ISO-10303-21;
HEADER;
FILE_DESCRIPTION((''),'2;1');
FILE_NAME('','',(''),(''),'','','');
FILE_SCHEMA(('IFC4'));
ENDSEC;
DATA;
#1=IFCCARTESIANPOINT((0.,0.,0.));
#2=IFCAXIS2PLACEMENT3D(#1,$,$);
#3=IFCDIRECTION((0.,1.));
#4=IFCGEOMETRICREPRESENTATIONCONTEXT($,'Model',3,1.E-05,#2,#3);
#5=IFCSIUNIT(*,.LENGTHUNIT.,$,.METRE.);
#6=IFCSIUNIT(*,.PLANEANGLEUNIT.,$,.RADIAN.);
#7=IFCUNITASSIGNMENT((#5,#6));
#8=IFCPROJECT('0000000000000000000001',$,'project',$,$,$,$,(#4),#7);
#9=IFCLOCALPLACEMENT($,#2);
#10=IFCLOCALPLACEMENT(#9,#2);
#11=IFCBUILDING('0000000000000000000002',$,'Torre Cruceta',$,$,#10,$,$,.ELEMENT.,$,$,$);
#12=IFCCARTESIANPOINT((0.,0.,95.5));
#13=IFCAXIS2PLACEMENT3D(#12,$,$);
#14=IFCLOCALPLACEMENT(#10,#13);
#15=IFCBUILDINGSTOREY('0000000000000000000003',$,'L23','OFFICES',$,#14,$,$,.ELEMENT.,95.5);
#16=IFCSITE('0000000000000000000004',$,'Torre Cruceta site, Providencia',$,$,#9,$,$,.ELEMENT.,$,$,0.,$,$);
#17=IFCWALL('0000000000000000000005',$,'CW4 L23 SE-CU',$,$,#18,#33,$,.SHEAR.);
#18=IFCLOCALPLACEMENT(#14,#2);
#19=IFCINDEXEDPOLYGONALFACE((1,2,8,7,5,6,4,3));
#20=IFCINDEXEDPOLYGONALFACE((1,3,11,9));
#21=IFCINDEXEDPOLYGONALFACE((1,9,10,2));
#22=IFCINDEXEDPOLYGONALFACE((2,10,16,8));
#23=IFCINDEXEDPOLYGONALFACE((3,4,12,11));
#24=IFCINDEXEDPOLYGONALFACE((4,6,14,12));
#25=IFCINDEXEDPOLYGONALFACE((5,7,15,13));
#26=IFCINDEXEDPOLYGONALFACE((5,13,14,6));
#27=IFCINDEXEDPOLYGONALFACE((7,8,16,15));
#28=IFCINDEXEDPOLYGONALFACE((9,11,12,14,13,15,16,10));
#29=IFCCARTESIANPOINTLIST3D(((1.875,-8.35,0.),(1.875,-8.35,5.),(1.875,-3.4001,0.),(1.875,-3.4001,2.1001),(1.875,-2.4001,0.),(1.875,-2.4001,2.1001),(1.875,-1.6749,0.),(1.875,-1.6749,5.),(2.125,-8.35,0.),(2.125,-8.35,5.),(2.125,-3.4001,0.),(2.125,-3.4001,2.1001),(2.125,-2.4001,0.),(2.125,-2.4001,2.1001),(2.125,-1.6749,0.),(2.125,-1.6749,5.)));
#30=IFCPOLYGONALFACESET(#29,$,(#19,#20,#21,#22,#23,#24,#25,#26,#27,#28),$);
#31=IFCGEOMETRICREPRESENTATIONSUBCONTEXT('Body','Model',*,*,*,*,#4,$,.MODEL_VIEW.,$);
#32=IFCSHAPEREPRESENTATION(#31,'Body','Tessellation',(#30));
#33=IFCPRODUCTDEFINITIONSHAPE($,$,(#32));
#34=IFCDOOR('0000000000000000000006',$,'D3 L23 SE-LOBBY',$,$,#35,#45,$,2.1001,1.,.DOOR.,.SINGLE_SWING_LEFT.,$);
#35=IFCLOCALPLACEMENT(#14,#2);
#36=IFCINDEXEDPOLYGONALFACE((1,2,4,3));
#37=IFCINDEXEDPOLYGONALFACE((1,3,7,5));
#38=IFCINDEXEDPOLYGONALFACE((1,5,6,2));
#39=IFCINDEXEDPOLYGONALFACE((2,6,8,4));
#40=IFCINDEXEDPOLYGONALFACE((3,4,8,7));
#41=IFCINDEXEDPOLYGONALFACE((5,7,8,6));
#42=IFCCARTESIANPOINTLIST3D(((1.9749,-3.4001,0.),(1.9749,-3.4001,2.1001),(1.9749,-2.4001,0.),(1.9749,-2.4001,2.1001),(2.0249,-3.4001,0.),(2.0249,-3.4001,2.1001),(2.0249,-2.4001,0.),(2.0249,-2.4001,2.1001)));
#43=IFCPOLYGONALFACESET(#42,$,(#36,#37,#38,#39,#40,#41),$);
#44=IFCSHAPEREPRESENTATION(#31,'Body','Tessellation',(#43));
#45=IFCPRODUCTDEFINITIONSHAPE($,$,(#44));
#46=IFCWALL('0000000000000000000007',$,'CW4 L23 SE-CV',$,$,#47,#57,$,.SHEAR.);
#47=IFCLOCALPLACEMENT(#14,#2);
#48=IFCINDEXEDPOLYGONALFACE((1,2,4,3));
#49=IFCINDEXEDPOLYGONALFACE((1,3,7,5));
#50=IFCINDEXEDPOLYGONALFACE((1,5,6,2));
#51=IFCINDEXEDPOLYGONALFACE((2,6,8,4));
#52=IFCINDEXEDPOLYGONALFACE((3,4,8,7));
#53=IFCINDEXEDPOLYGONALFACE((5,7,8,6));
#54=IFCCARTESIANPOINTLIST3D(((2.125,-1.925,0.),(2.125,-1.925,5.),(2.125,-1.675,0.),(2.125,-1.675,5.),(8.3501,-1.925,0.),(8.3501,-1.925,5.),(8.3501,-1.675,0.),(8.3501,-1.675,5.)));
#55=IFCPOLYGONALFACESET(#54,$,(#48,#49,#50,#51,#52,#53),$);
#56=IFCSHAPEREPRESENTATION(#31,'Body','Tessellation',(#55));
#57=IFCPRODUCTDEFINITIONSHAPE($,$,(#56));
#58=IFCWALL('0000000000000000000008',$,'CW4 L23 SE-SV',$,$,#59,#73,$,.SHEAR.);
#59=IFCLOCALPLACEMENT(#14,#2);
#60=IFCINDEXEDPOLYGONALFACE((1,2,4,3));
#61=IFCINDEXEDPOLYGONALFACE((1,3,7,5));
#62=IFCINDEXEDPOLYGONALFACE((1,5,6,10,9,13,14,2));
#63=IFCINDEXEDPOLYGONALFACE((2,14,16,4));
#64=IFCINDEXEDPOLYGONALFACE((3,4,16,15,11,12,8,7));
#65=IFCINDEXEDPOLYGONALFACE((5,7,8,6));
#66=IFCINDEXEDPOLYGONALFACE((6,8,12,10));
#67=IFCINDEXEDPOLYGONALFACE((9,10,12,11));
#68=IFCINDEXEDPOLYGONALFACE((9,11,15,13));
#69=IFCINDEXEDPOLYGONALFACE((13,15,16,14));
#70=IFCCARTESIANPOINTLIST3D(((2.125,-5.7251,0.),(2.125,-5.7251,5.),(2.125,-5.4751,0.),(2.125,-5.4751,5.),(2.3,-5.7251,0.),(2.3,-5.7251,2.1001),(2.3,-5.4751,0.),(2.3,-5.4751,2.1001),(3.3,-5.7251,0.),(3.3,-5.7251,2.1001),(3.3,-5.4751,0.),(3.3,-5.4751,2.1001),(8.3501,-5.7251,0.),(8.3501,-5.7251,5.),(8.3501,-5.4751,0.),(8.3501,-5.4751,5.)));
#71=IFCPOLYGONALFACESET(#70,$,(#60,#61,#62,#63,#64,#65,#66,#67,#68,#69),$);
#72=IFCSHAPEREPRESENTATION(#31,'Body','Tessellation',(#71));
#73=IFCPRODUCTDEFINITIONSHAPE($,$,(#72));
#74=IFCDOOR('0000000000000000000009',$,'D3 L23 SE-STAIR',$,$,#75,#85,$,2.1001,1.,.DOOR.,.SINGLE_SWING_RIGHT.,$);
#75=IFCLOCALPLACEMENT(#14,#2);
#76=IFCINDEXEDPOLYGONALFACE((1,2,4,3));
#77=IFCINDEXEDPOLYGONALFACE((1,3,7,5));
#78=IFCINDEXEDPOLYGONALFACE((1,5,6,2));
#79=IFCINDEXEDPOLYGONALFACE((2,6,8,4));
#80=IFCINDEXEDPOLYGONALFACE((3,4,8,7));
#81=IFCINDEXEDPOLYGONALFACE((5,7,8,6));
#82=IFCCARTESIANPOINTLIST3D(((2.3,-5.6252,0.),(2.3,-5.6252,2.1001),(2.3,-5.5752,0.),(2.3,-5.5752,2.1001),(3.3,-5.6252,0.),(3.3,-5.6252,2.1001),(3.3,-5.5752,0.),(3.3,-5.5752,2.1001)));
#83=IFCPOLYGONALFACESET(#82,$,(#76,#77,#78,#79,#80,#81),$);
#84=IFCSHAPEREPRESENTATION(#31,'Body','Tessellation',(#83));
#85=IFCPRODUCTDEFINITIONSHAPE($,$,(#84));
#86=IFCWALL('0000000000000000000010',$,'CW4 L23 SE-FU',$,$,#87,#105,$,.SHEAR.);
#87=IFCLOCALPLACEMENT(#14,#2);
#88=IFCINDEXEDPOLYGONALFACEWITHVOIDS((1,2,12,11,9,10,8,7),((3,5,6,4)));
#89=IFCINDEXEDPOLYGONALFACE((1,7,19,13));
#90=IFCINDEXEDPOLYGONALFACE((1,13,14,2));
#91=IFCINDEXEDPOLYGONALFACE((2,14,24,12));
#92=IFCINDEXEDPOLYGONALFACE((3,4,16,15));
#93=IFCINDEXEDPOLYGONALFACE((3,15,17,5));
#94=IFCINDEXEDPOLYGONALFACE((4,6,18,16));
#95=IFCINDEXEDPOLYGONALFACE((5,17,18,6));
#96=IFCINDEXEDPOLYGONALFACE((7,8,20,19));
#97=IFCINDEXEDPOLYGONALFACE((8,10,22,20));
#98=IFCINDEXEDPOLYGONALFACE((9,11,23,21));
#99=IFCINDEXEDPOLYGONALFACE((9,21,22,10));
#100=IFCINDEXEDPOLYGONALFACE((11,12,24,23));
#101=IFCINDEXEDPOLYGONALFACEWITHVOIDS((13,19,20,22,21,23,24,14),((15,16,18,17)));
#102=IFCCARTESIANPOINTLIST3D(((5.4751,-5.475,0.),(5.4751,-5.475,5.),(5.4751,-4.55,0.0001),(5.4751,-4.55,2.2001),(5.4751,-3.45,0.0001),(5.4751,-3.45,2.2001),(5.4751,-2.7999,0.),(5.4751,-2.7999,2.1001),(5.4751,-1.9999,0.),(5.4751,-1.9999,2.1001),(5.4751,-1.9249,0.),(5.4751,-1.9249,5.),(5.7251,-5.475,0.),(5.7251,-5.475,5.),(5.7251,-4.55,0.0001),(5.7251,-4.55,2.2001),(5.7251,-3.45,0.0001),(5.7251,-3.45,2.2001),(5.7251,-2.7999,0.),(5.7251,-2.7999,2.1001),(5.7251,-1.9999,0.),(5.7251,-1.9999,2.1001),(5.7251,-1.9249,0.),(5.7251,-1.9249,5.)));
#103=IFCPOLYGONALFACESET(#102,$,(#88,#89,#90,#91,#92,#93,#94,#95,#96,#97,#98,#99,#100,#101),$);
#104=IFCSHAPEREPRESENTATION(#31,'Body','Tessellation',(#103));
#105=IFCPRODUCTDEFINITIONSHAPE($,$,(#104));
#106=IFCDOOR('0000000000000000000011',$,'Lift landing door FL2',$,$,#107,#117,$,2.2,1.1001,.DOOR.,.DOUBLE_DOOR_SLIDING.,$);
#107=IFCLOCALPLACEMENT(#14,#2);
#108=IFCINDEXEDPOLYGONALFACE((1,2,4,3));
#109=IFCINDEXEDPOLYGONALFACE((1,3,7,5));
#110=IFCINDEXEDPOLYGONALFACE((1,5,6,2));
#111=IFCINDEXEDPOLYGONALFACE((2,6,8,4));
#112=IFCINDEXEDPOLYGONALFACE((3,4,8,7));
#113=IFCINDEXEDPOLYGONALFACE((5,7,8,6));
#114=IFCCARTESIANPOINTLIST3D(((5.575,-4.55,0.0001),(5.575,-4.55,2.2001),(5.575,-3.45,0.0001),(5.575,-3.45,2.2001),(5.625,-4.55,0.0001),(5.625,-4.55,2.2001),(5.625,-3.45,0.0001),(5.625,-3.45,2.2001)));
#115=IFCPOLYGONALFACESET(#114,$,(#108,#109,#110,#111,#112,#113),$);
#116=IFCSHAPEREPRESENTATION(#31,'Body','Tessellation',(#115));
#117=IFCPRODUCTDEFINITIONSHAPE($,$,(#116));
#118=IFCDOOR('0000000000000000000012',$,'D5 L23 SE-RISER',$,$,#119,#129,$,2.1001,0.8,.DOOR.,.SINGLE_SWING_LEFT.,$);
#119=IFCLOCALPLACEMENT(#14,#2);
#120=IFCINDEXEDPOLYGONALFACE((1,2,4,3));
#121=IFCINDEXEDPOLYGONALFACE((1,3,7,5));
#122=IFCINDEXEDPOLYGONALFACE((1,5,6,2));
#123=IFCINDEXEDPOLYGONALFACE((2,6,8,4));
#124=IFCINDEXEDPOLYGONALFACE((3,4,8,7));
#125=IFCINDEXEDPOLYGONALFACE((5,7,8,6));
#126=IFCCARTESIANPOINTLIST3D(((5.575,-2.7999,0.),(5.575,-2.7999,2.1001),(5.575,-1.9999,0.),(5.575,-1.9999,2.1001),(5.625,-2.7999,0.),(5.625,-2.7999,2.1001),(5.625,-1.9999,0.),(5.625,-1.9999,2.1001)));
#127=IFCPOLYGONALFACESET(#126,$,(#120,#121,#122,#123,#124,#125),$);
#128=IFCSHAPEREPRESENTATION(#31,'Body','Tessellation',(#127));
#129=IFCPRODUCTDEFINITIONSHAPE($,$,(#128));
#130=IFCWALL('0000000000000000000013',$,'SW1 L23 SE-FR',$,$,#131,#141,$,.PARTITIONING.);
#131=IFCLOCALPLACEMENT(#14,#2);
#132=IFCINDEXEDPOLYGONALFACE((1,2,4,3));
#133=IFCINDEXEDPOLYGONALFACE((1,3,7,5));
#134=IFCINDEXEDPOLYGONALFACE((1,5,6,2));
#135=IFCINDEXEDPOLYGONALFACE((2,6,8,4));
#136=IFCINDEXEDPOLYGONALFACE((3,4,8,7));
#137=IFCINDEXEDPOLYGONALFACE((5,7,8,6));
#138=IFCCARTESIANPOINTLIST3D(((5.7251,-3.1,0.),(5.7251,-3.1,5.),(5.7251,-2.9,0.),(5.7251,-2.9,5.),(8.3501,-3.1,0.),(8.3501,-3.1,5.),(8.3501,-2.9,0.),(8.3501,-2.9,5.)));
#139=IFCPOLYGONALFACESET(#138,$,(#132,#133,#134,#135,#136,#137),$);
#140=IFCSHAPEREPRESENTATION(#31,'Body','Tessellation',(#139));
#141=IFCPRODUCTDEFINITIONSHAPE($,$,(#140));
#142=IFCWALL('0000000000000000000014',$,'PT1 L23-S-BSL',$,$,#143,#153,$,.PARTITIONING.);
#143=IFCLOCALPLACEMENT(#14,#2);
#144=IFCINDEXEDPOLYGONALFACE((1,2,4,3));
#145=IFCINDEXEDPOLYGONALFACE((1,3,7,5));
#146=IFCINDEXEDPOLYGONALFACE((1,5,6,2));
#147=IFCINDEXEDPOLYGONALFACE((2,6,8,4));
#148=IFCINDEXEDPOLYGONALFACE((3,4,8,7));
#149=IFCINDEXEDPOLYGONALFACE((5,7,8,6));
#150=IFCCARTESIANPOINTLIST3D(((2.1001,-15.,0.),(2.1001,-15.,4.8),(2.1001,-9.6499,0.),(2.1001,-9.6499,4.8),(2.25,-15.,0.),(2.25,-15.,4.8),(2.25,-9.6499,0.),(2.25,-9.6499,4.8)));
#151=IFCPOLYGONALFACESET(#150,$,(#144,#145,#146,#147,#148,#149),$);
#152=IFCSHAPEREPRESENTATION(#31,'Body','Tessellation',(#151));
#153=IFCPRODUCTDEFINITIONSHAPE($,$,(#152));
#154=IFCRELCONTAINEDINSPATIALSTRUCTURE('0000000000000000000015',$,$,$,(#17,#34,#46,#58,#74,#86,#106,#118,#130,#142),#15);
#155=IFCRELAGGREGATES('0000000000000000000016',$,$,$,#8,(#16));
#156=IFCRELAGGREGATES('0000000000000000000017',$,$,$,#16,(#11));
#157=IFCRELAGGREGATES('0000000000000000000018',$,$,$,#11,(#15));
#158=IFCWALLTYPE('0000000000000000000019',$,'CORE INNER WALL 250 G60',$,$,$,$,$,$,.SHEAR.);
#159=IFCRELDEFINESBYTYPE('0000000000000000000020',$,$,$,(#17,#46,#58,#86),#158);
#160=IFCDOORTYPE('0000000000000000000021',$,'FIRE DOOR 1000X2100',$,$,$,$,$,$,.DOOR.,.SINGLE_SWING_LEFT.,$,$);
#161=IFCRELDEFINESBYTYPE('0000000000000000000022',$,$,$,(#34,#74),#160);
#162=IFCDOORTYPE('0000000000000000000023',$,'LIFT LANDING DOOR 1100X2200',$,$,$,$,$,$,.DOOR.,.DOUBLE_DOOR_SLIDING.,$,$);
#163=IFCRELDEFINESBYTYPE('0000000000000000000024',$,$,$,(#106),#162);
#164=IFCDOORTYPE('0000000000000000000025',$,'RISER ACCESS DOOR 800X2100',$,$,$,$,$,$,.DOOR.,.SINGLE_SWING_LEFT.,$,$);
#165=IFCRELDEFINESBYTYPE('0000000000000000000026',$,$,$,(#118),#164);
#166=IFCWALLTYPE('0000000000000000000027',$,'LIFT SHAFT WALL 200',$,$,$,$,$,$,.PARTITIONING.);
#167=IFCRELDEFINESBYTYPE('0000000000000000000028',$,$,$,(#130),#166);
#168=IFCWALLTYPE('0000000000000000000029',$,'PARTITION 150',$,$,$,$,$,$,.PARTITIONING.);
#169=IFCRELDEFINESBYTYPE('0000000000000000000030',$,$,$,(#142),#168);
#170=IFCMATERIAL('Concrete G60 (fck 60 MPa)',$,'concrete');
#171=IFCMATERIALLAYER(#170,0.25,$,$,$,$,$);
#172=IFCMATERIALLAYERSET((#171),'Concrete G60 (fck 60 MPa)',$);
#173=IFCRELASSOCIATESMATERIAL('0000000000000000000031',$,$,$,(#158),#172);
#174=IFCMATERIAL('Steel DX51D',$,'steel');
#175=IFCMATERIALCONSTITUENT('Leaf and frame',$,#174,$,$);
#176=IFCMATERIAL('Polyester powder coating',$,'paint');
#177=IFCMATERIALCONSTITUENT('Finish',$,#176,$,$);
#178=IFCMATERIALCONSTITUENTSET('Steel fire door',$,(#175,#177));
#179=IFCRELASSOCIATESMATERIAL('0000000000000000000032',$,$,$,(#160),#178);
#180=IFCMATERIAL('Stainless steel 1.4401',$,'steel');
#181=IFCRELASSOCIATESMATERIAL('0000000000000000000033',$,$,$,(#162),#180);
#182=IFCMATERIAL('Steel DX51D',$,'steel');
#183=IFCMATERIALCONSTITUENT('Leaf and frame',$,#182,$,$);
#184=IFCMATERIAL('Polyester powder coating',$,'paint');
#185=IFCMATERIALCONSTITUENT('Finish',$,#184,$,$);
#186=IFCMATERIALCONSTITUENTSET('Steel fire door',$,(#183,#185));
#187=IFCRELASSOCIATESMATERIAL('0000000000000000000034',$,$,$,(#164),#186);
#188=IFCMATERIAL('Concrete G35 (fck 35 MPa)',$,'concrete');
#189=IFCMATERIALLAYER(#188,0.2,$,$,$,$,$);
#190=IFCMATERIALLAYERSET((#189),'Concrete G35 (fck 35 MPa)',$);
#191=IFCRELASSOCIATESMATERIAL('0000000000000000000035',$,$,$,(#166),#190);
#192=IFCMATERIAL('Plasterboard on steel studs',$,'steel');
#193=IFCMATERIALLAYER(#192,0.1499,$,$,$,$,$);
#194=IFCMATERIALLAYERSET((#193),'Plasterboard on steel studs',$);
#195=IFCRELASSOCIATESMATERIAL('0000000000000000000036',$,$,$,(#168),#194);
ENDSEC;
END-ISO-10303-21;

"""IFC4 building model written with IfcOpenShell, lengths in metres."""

from ifc_helpers import new_model, si_unit, direction, frame, frame_2d, origin, place, context, subcontext, project, spatial, rectangle, extrude, material, layer, layer_set, constituent, constituent_set, type_object, element, fill, save


model = new_model("IFC4")

# Units and contexts
model_context = context("Model", 3, precision=1e-05, world=origin(), true_north=direction((0.0, 1.0)))
body_context = subcontext(model_context, "Body", "Model", "MODEL_VIEW")
ifc_project = project(units=[si_unit("LENGTHUNIT", "METRE"), si_unit("PLANEANGLEUNIT", "RADIAN")], contexts=[model_context])

# Site, building, storey
site_placement = place(None, origin())
site = spatial("IfcSite", under=ifc_project, at=site_placement, Name="Torre Cruceta site, Providencia", CompositionType="ELEMENT", RefElevation=0.0)
building_placement = place(site_placement, origin())
building = spatial("IfcBuilding", under=site, at=building_placement, Name="Torre Cruceta", CompositionType="ELEMENT")
storey_placement = place(building_placement, frame((0.0, 0.0, 95.5)))
storey = spatial("IfcBuildingStorey", under=building, at=storey_placement, Name="L23", Description="OFFICES", CompositionType="ELEMENT", Elevation=95.5)

# Wall, opening, door
ifc_material_1 = material(Name="Concrete G60 (fck 60 MPa)", Category="concrete")
ifc_layer_1 = layer(ifc_material_1, 0.25)
ifc_layer_set_1 = layer_set([ifc_layer_1], Name="Concrete G60 (fck 60 MPa)")
wall_type_1 = type_object("IfcWallType", Name="CORE INNER WALL 250 G60", PredefinedType="SHEAR", material=ifc_layer_set_1)
wall_1_placement = place(storey_placement, frame((2.0, -1.675, 0.0), z_axis=(0.0, 0.0, 1.0), x_axis=(0.0, -1.0, 0.0)))
wall_1 = element("IfcWall", 1, at=wall_1_placement, inside=storey, type_object=wall_type_1, Name="CW4 L23 SE-CU", PredefinedType="SHEAR", context=body_context, shape_type="SweptSolid", body=[
    extrude(rectangle(XDim=6.675, YDim=0.25, at=frame_2d((3.3374, 0.0))), origin(), (0.0, 0.0, 1.0), 5.0),
])
opening_1_placement = place(wall_1_placement, frame((0.7251, 0.0, 0.0)))
opening_1 = element("IfcOpeningElement", 2, at=opening_1_placement, cuts=wall_1, PredefinedType="OPENING", context=body_context, shape_type="SweptSolid", body=[
    extrude(rectangle(XDim=1.0, YDim=2.1001, at=frame_2d((0.5, 1.05))), frame((0.0, 0.135, 0.0), z_axis=(0.0, -1.0, 0.0), x_axis=(1.0, 0.0, 0.0)), (0.0, 0.0, 1.0), 0.27),
])
ifc_material_2 = material(Name="Steel DX51D", Category="steel")
ifc_constituent_1 = constituent(ifc_material_2, Name="Leaf and frame")
ifc_material_3 = material(Name="Polyester powder coating", Category="paint")
ifc_constituent_2 = constituent(ifc_material_3, Name="Finish")
ifc_constituent_set_1 = constituent_set(constituents=[ifc_constituent_1, ifc_constituent_2], Name="Steel fire door")
door_type_1 = type_object("IfcDoorType", Name="FIRE DOOR 1000X2100", OperationType="SINGLE_SWING_LEFT", PredefinedType="DOOR", material=ifc_constituent_set_1)
door_1_placement = place(opening_1_placement, origin())
door_1 = element("IfcDoor", 3, at=door_1_placement, inside=storey, type_object=door_type_1, Name="D3 L23 SE-LOBBY", OperationType="SINGLE_SWING_LEFT", OverallHeight=2.1001, OverallWidth=1.0, PredefinedType="DOOR", context=body_context, shape_type="SweptSolid", body=[
    extrude(rectangle(XDim=1.0, YDim=2.1001, at=frame_2d((0.5, 1.05))), frame((0.0, 0.0249, 0.0), z_axis=(0.0, -1.0, 0.0), x_axis=(1.0, 0.0, 0.0)), (0.0, 0.0, 1.0), 0.05),
])
fill(opening_1, door_1)

# Wall
wall_2_placement = place(storey_placement, frame((2.125, -1.8, 0.0), z_axis=(0.0, 0.0, 1.0), x_axis=(1.0, 0.0, 0.0)))
element("IfcWall", 4, at=wall_2_placement, inside=storey, type_object=wall_type_1, Name="CW4 L23 SE-CV", PredefinedType="SHEAR", context=body_context, shape_type="SweptSolid", body=[
    extrude(rectangle(XDim=6.2251, YDim=0.25, at=frame_2d((3.1125, 0.0))), origin(), (0.0, 0.0, 1.0), 5.0),
])

# Wall, opening, door
wall_3_placement = place(storey_placement, frame((2.125, -5.6001, 0.0), z_axis=(0.0, 0.0, 1.0), x_axis=(1.0, 0.0, 0.0)))
wall_3 = element("IfcWall", 5, at=wall_3_placement, inside=storey, type_object=wall_type_1, Name="CW4 L23 SE-SV", PredefinedType="SHEAR", context=body_context, shape_type="SweptSolid", body=[
    extrude(rectangle(XDim=6.2251, YDim=0.25, at=frame_2d((3.1125, 0.0))), origin(), (0.0, 0.0, 1.0), 5.0),
])
opening_2_placement = place(wall_3_placement, frame((0.175, 0.0, 0.0)))
opening_2 = element("IfcOpeningElement", 6, at=opening_2_placement, cuts=wall_3, PredefinedType="OPENING", context=body_context, shape_type="SweptSolid", body=[
    extrude(rectangle(XDim=1.0, YDim=2.1001, at=frame_2d((0.5, 1.05))), frame((0.0, 0.135, 0.0), z_axis=(0.0, -1.0, 0.0), x_axis=(1.0, 0.0, 0.0)), (0.0, 0.0, 1.0), 0.27),
])
door_2_placement = place(opening_2_placement, frame((1.0, 0.0, 0.0), z_axis=(0.0, 0.0, 1.0), x_axis=(-1.0, 0.0, 0.0)))
door_2 = element("IfcDoor", 7, at=door_2_placement, inside=storey, type_object=door_type_1, Name="D3 L23 SE-STAIR", OperationType="SINGLE_SWING_RIGHT", OverallHeight=2.1001, OverallWidth=1.0, PredefinedType="DOOR", context=body_context, shape_type="SweptSolid", body=[
    extrude(rectangle(XDim=1.0, YDim=2.1001, at=frame_2d((0.5, 1.05))), frame((0.0, 0.0251, 0.0), z_axis=(0.0, -1.0, 0.0), x_axis=(1.0, 0.0, 0.0)), (0.0, 0.0, 1.0), 0.05),
])
fill(opening_2, door_2)

# Wall, openings, doors
wall_4_placement = place(storey_placement, frame((5.6001, -1.925, 0.0), z_axis=(0.0, 0.0, 1.0), x_axis=(0.0, -1.0, 0.0)))
wall_4 = element("IfcWall", 8, at=wall_4_placement, inside=storey, type_object=wall_type_1, Name="CW4 L23 SE-FU", PredefinedType="SHEAR", context=body_context, shape_type="SweptSolid", body=[
    extrude(rectangle(XDim=3.55, YDim=0.25, at=frame_2d((1.7749, 0.0))), origin(), (0.0, 0.0, 1.0), 5.0),
])
opening_3_placement = place(wall_4_placement, frame((1.5249, 0.0, 0.0)))
opening_3 = element("IfcOpeningElement", 9, at=opening_3_placement, cuts=wall_4, PredefinedType="OPENING", context=body_context, shape_type="SweptSolid", body=[
    extrude(rectangle(XDim=1.1001, YDim=2.2, at=frame_2d((0.55, 1.1001))), frame((0.0, 0.135, 0.0), z_axis=(0.0, -1.0, 0.0), x_axis=(1.0, 0.0, 0.0)), (0.0, 0.0, 1.0), 0.27),
])
opening_4_placement = place(wall_4_placement, frame((0.075, 0.0, 0.0)))
opening_4 = element("IfcOpeningElement", 10, at=opening_4_placement, cuts=wall_4, PredefinedType="OPENING", context=body_context, shape_type="SweptSolid", body=[
    extrude(rectangle(XDim=0.8, YDim=2.1001, at=frame_2d((0.3999, 1.05))), frame((0.0, 0.135, 0.0), z_axis=(0.0, -1.0, 0.0), x_axis=(1.0, 0.0, 0.0)), (0.0, 0.0, 1.0), 0.27),
])
ifc_material_4 = material(Name="Stainless steel 1.4401", Category="steel")
door_type_2 = type_object("IfcDoorType", Name="LIFT LANDING DOOR 1100X2200", OperationType="DOUBLE_DOOR_SLIDING", PredefinedType="DOOR", material=ifc_material_4)
door_3_placement = place(opening_3_placement, origin())
door_3 = element("IfcDoor", 11, at=door_3_placement, inside=storey, type_object=door_type_2, Name="Lift landing door FL2", OperationType="DOUBLE_DOOR_SLIDING", OverallHeight=2.2, OverallWidth=1.1001, PredefinedType="DOOR", context=body_context, shape_type="SweptSolid", body=[
    extrude(rectangle(XDim=1.1001, YDim=2.2, at=frame_2d((0.55, 1.1001))), frame((0.0, 0.0249, 0.0), z_axis=(0.0, -1.0, 0.0), x_axis=(1.0, 0.0, 0.0)), (0.0, 0.0, 1.0), 0.05),
])
fill(opening_3, door_3)
ifc_material_5 = material(Name="Steel DX51D", Category="steel")
ifc_constituent_3 = constituent(ifc_material_5, Name="Leaf and frame")
ifc_material_6 = material(Name="Polyester powder coating", Category="paint")
ifc_constituent_4 = constituent(ifc_material_6, Name="Finish")
ifc_constituent_set_2 = constituent_set(constituents=[ifc_constituent_3, ifc_constituent_4], Name="Steel fire door")
door_type_3 = type_object("IfcDoorType", Name="RISER ACCESS DOOR 800X2100", OperationType="SINGLE_SWING_LEFT", PredefinedType="DOOR", material=ifc_constituent_set_2)
door_4_placement = place(opening_4_placement, origin())
door_4 = element("IfcDoor", 12, at=door_4_placement, inside=storey, type_object=door_type_3, Name="D5 L23 SE-RISER", OperationType="SINGLE_SWING_LEFT", OverallHeight=2.1001, OverallWidth=0.8, PredefinedType="DOOR", context=body_context, shape_type="SweptSolid", body=[
    extrude(rectangle(XDim=0.8, YDim=2.1001, at=frame_2d((0.3999, 1.05))), frame((0.0, 0.0249, 0.0), z_axis=(0.0, -1.0, 0.0), x_axis=(1.0, 0.0, 0.0)), (0.0, 0.0, 1.0), 0.05),
])
fill(opening_4, door_4)

# Walls
ifc_material_7 = material(Name="Concrete G35 (fck 35 MPa)", Category="concrete")
ifc_layer_2 = layer(ifc_material_7, 0.2)
ifc_layer_set_2 = layer_set([ifc_layer_2], Name="Concrete G35 (fck 35 MPa)")
wall_type_2 = type_object("IfcWallType", Name="LIFT SHAFT WALL 200", PredefinedType="PARTITIONING", material=ifc_layer_set_2)
wall_5_placement = place(storey_placement, frame((5.7251, -3.0, 0.0), z_axis=(0.0, 0.0, 1.0), x_axis=(1.0, 0.0, 0.0)))
element("IfcWall", 13, at=wall_5_placement, inside=storey, type_object=wall_type_2, Name="SW1 L23 SE-FR", PredefinedType="PARTITIONING", context=body_context, shape_type="SweptSolid", body=[
    extrude(rectangle(XDim=2.625, YDim=0.2, at=frame_2d((1.3125, 0.0))), origin(), (0.0, 0.0, 1.0), 5.0),
])
ifc_material_8 = material(Name="Plasterboard on steel studs", Category="steel")
ifc_layer_3 = layer(ifc_material_8, 0.1499)
ifc_layer_set_3 = layer_set([ifc_layer_3], Name="Plasterboard on steel studs")
wall_type_3 = type_object("IfcWallType", Name="PARTITION 150", PredefinedType="PARTITIONING", material=ifc_layer_set_3)
wall_6_placement = place(storey_placement, frame((2.175, -9.6499, 0.0), z_axis=(0.0, 0.0, 1.0), x_axis=(0.0, -1.0, 0.0)))
element("IfcWall", 14, at=wall_6_placement, inside=storey, type_object=wall_type_3, Name="PT1 L23-S-BSL", PredefinedType="PARTITIONING", context=body_context, shape_type="SweptSolid", body=[
    extrude(rectangle(XDim=5.3501, YDim=0.1499, at=frame_2d((2.675, 0.0))), origin(), (0.0, 0.0, 1.0), 4.8),
])

save(model, "model.ifc")
